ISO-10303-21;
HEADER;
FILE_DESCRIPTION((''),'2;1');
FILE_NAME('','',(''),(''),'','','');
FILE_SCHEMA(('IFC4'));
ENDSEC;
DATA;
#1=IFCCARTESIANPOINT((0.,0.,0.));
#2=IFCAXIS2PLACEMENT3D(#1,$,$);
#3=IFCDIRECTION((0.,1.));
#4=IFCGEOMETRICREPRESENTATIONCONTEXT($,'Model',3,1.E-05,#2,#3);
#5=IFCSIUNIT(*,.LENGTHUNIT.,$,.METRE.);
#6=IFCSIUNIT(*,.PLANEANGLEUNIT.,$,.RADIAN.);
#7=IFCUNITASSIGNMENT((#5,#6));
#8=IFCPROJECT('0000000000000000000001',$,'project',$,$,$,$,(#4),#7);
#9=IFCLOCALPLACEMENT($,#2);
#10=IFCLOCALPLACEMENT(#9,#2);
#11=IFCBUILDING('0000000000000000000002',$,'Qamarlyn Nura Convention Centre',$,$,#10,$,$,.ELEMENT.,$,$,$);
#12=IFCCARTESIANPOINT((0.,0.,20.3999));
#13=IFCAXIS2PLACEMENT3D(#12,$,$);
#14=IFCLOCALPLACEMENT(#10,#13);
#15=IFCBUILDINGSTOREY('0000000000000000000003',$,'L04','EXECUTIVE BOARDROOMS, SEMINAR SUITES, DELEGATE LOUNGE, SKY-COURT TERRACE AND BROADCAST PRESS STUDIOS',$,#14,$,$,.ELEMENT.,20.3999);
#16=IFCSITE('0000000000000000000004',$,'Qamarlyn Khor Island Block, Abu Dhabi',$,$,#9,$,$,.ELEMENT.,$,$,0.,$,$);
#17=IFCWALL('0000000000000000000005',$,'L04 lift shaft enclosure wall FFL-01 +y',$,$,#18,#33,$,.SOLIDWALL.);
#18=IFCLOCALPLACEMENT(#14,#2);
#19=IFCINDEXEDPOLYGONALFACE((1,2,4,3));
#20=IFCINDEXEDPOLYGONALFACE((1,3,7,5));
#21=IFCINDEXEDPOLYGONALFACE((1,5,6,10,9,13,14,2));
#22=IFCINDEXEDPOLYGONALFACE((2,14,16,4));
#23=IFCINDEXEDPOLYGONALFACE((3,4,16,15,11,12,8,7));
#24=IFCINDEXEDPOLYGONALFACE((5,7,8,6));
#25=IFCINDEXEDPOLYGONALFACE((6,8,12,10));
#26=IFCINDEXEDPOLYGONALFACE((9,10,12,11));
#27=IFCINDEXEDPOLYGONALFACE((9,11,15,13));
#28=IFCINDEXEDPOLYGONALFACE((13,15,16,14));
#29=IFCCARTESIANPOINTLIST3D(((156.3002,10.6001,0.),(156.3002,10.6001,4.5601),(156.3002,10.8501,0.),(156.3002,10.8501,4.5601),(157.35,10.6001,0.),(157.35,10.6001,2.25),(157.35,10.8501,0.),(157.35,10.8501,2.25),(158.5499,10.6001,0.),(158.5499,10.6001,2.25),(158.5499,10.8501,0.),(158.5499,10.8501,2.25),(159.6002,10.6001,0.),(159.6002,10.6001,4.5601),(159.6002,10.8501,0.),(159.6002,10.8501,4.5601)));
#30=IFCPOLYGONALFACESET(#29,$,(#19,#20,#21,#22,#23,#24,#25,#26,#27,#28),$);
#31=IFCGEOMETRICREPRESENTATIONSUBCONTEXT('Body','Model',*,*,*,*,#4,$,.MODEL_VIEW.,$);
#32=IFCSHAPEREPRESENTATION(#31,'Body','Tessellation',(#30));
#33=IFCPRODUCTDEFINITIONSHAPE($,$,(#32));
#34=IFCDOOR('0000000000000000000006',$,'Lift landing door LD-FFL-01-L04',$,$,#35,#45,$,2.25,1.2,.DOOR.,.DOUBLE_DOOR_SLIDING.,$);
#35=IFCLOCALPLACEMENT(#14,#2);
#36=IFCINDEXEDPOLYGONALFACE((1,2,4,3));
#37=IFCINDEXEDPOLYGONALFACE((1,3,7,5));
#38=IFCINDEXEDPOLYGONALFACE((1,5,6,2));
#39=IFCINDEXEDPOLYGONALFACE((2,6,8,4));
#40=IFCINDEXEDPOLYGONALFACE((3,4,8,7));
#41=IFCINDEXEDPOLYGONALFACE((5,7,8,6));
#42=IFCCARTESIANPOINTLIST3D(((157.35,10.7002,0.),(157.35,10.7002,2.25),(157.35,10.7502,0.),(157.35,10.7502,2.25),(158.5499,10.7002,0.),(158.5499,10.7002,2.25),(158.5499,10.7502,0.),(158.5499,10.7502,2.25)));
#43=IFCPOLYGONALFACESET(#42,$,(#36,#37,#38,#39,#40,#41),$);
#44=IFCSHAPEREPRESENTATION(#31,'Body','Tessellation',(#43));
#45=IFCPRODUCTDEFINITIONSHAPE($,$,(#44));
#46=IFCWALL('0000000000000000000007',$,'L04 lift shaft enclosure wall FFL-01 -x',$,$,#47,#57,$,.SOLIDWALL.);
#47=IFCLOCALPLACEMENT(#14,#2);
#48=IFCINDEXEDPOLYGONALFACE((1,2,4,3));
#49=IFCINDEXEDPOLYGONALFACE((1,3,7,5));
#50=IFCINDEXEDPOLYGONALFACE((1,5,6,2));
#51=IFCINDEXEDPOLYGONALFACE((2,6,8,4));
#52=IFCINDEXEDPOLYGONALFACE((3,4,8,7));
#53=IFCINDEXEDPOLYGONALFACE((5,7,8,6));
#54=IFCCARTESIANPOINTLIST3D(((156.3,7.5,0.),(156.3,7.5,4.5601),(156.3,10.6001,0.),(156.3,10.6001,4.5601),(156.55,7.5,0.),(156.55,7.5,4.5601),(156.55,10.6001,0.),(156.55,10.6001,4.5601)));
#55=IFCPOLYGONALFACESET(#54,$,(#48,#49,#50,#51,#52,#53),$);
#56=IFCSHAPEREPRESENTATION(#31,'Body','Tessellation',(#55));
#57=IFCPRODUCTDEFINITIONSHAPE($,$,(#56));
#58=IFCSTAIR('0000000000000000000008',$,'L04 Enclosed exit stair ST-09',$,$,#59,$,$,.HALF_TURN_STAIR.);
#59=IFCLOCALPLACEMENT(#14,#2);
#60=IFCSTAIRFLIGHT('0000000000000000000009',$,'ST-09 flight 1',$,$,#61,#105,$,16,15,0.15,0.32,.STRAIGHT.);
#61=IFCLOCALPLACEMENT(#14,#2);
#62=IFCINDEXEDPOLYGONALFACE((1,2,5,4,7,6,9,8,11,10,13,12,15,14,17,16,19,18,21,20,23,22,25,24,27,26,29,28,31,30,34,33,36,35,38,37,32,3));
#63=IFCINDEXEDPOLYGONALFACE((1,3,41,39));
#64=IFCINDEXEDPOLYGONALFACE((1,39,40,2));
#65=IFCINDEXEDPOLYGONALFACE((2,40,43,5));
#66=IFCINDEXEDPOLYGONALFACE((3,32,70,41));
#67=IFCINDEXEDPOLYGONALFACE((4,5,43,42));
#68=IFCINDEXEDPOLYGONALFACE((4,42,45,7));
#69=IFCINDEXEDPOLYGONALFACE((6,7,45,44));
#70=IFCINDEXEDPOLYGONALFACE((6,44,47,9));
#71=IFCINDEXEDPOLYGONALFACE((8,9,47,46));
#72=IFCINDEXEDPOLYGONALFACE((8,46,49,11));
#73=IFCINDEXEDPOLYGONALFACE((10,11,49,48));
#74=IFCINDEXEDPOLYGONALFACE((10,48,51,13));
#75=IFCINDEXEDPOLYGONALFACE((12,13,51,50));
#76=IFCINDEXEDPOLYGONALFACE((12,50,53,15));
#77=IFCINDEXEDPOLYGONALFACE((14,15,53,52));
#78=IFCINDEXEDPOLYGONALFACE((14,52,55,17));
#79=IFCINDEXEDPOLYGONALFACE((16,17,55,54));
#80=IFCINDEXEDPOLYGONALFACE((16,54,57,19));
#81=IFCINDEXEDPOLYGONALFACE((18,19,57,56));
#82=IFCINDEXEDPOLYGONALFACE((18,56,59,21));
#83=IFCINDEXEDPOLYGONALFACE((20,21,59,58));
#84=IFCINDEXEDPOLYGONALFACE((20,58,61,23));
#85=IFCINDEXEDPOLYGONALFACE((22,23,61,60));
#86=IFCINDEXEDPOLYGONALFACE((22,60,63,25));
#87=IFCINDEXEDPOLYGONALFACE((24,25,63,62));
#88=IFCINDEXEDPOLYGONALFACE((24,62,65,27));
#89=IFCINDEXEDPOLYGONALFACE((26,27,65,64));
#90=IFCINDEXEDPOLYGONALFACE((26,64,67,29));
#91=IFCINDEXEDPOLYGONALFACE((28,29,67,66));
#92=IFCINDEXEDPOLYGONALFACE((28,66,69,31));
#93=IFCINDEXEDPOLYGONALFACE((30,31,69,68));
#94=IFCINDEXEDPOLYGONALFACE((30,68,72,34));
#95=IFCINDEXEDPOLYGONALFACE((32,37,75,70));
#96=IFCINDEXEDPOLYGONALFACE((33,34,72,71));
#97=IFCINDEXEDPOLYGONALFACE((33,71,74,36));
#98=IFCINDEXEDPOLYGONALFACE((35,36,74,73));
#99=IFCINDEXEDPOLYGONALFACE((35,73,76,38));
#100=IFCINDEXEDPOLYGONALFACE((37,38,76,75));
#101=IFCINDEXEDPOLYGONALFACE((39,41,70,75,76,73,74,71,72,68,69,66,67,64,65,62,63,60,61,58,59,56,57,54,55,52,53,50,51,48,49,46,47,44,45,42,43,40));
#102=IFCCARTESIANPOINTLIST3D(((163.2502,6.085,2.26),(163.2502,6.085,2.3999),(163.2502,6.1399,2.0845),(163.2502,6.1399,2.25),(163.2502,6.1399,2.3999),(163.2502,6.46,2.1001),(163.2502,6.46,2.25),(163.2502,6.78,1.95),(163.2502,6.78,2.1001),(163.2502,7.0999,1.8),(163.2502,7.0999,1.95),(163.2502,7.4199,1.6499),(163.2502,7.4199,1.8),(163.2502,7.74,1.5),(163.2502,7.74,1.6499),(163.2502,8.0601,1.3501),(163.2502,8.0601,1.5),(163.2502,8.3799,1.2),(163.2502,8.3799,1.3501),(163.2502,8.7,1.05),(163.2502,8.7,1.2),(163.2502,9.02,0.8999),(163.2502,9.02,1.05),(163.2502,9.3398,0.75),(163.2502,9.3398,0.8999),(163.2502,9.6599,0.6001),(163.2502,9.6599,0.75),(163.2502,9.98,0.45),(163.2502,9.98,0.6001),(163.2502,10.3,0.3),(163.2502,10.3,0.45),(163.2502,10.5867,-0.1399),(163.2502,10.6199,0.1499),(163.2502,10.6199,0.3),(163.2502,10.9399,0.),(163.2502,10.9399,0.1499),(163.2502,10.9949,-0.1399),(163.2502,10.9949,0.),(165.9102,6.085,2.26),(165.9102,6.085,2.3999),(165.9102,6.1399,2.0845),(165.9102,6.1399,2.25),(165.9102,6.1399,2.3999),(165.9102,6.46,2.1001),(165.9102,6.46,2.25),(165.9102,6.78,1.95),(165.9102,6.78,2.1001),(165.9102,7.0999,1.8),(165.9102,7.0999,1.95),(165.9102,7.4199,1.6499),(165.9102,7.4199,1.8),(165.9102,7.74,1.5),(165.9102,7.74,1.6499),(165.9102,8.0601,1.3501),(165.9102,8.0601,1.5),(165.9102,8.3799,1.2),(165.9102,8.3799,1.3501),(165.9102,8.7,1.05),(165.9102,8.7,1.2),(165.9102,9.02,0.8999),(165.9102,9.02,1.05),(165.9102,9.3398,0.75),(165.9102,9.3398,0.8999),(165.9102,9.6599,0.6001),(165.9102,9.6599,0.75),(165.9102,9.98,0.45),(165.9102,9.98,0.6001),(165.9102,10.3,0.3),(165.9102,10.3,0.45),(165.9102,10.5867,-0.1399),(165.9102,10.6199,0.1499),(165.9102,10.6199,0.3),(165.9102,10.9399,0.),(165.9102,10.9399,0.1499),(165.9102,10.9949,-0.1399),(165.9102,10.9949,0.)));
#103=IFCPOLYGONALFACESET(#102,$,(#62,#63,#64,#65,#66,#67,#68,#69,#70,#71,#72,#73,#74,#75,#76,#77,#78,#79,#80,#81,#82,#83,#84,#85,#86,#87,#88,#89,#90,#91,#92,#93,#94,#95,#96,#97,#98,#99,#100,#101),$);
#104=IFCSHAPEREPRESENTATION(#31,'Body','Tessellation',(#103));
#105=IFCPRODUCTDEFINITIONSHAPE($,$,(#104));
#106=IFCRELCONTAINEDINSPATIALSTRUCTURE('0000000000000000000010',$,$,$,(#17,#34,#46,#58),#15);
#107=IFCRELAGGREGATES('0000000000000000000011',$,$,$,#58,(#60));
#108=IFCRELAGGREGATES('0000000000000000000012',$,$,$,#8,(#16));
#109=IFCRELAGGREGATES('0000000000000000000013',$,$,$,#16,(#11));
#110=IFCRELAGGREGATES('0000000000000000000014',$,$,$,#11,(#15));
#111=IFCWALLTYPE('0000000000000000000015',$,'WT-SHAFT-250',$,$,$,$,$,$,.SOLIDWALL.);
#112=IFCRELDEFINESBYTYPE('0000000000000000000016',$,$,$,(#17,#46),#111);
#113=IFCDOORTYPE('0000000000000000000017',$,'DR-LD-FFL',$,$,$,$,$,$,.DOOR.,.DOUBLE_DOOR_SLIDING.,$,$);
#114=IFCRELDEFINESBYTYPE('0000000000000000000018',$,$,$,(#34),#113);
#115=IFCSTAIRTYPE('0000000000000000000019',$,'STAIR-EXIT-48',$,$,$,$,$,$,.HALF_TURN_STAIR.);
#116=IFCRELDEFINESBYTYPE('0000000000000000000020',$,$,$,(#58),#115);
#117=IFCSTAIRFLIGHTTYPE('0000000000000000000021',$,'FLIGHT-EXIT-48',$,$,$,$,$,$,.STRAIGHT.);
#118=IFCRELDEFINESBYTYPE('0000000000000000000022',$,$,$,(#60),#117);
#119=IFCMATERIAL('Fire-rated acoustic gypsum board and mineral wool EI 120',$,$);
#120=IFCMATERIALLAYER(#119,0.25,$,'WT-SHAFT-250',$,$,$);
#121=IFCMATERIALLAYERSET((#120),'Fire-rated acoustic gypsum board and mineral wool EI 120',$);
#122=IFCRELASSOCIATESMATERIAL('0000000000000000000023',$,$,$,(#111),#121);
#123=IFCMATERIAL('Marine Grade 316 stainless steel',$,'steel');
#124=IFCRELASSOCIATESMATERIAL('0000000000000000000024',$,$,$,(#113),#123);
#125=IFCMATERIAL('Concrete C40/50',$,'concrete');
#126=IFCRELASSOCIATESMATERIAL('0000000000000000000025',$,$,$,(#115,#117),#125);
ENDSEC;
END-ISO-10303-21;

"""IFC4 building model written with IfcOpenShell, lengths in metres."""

from ifc_helpers import new_model, si_unit, direction, frame, frame_2d, origin, place, context, subcontext, project, spatial, polyline, rectangle, outline, extrude, material, layer, layer_set, type_object, element, fill, aggregate, save


model = new_model("IFC4")

# Units and contexts
model_context = context("Model", 3, precision=1e-05, world=origin(), true_north=direction((0.0, 1.0)))
body_context = subcontext(model_context, "Body", "Model", "MODEL_VIEW")
ifc_project = project(units=[si_unit("LENGTHUNIT", "METRE"), si_unit("PLANEANGLEUNIT", "RADIAN")], contexts=[model_context])

# Site, building, storey
site_placement = place(None, origin())
site = spatial("IfcSite", under=ifc_project, at=site_placement, Name="Qamarlyn Khor Island Block, Abu Dhabi", CompositionType="ELEMENT", RefElevation=0.0)
building_placement = place(site_placement, origin())
building = spatial("IfcBuilding", under=site, at=building_placement, Name="Qamarlyn Nura Convention Centre", CompositionType="ELEMENT")
storey_placement = place(building_placement, frame((0.0, 0.0, 20.3999)))
storey = spatial("IfcBuildingStorey", under=building, at=storey_placement, Name="L04", Description="EXECUTIVE BOARDROOMS, SEMINAR SUITES, DELEGATE LOUNGE, SKY-COURT TERRACE AND BROADCAST PRESS STUDIOS", CompositionType="ELEMENT", Elevation=20.3999)

# Shared definitions
ifc_material_1 = material(Name="Fire-rated acoustic gypsum board and mineral wool EI 120")

# Wall, opening, door
ifc_layer_1 = layer(ifc_material_1, 0.25, Name="WT-SHAFT-250")
ifc_layer_set_1 = layer_set([ifc_layer_1], Name="Fire-rated acoustic gypsum board and mineral wool EI 120")
wall_type_1 = type_object("IfcWallType", Name="WT-SHAFT-250", PredefinedType="SOLIDWALL", material=ifc_layer_set_1)
wall_1_placement = place(storey_placement, frame((159.6001, 10.7251, 0.0), z_axis=(0.0, 0.0, 1.0), x_axis=(-1.0, 0.0, 0.0)))
wall_1 = element("IfcWall", 1, at=wall_1_placement, inside=storey, type_object=wall_type_1, Name="L04 lift shaft enclosure wall FFL-01 +y", PredefinedType="SOLIDWALL", context=body_context, shape_type="SweptSolid", body=[
    extrude(rectangle(XDim=3.3, YDim=0.25, at=frame_2d((1.6499, 0.0))), origin(), (0.0, 0.0, 1.0), 4.5601),
])
opening_1_placement = place(wall_1_placement, frame((1.05, 0.0, 0.0)))
opening_1 = element("IfcOpeningElement", 2, at=opening_1_placement, cuts=wall_1, PredefinedType="OPENING", context=body_context, shape_type="SweptSolid", body=[
    extrude(rectangle(XDim=1.2, YDim=2.25, at=frame_2d((0.6001, 1.125))), frame((0.0, 0.135, 0.0), z_axis=(0.0, -1.0, 0.0), x_axis=(1.0, 0.0, 0.0)), (0.0, 0.0, 1.0), 0.27),
])
ifc_material_2 = material(Name="Marine Grade 316 stainless steel", Category="steel")
door_type_1 = type_object("IfcDoorType", Name="DR-LD-FFL", OperationType="DOUBLE_DOOR_SLIDING", PredefinedType="DOOR", material=ifc_material_2)
door_1_placement = place(opening_1_placement, origin())
door_1 = element("IfcDoor", 3, at=door_1_placement, inside=storey, type_object=door_type_1, Name="Lift landing door LD-FFL-01-L04", OperationType="DOUBLE_DOOR_SLIDING", OverallHeight=2.25, OverallWidth=1.2, PredefinedType="DOOR", context=body_context, shape_type="SweptSolid", body=[
    extrude(rectangle(XDim=1.2, YDim=2.25, at=frame_2d((0.6001, 1.125))), frame((0.0, 0.0249, 0.0), z_axis=(0.0, -1.0, 0.0), x_axis=(1.0, 0.0, 0.0)), (0.0, 0.0, 1.0), 0.05),
])
fill(opening_1, door_1)

# Wall
wall_2_placement = place(storey_placement, frame((156.425, 10.6001, 0.0), z_axis=(0.0, 0.0, 1.0), x_axis=(0.0, -1.0, 0.0)))
element("IfcWall", 4, at=wall_2_placement, inside=storey, type_object=wall_type_1, Name="L04 lift shaft enclosure wall FFL-01 -x", PredefinedType="SOLIDWALL", context=body_context, shape_type="SweptSolid", body=[
    extrude(rectangle(XDim=3.1001, YDim=0.25, at=frame_2d((1.55, 0.0))), origin(), (0.0, 0.0, 1.0), 4.5601),
])

# Stair, stair flight
ifc_material_3 = material(Name="Concrete C40/50", Category="concrete")
stair_type = type_object("IfcStairType", Name="STAIR-EXIT-48", PredefinedType="HALF_TURN_STAIR", material=ifc_material_3)
stair_placement = place(storey_placement, origin())
stair = element("IfcStair", 5, at=stair_placement, inside=storey, type_object=stair_type, Name="L04 Enclosed exit stair ST-09", PredefinedType="HALF_TURN_STAIR")
stair_flight_type = type_object("IfcStairFlightType", Name="FLIGHT-EXIT-48", PredefinedType="STRAIGHT", material=ifc_material_3)
stair_flight_placement = place(storey_placement, frame((164.5801, 10.9399, 0.0), z_axis=(0.0, 0.0, 1.0), x_axis=(0.0, -1.0, 0.0)))
stair_flight = element("IfcStairFlight", 6, at=stair_flight_placement, type_object=stair_flight_type, Name="ST-09 flight 1", NumberOfRisers=16, NumberOfTreads=15, PredefinedType="STRAIGHT", RiserHeight=0.15, TreadLength=0.32, context=body_context, shape_type="SweptSolid", body=[
    extrude(outline(polyline([(-0.0549, 0.0), (0.0, 0.0), (0.0, 0.1499), (0.3201, 0.1499), (0.3201, 0.3), (0.6399, 0.3), (0.6399, 0.45), (0.96, 0.45), (0.96, 0.6001), (1.28, 0.6001), (1.28, 0.75), (1.6001, 0.75), (1.6001, 0.8999), (1.9199, 0.8999), (1.9199, 1.05), (2.24, 1.05), (2.24, 1.2), (2.5601, 1.2), (2.5601, 1.3501), (2.8799, 1.3501), (2.8799, 1.5), (3.2, 1.5), (3.2, 1.6499), (3.52, 1.6499), (3.52, 1.8), (3.8401, 1.8), (3.8401, 1.95), (4.1599, 1.95), (4.1599, 2.1001), (4.48, 2.1001), (4.48, 2.25), (4.8, 2.25), (4.8, 2.3999), (4.855, 2.3999), (4.855, 2.26), (4.8, 2.0845), (0.3533, -0.1399), (-0.0549, -0.1399), (-0.0549, 0.0)])), frame((0.0, 1.3301, 0.0), z_axis=(0.0, -1.0, 0.0), x_axis=(1.0, 0.0, 0.0)), (0.0, 0.0, 1.0), 2.6599),
])
aggregate(stair, [stair_flight])

save(model, "model.ifc")
